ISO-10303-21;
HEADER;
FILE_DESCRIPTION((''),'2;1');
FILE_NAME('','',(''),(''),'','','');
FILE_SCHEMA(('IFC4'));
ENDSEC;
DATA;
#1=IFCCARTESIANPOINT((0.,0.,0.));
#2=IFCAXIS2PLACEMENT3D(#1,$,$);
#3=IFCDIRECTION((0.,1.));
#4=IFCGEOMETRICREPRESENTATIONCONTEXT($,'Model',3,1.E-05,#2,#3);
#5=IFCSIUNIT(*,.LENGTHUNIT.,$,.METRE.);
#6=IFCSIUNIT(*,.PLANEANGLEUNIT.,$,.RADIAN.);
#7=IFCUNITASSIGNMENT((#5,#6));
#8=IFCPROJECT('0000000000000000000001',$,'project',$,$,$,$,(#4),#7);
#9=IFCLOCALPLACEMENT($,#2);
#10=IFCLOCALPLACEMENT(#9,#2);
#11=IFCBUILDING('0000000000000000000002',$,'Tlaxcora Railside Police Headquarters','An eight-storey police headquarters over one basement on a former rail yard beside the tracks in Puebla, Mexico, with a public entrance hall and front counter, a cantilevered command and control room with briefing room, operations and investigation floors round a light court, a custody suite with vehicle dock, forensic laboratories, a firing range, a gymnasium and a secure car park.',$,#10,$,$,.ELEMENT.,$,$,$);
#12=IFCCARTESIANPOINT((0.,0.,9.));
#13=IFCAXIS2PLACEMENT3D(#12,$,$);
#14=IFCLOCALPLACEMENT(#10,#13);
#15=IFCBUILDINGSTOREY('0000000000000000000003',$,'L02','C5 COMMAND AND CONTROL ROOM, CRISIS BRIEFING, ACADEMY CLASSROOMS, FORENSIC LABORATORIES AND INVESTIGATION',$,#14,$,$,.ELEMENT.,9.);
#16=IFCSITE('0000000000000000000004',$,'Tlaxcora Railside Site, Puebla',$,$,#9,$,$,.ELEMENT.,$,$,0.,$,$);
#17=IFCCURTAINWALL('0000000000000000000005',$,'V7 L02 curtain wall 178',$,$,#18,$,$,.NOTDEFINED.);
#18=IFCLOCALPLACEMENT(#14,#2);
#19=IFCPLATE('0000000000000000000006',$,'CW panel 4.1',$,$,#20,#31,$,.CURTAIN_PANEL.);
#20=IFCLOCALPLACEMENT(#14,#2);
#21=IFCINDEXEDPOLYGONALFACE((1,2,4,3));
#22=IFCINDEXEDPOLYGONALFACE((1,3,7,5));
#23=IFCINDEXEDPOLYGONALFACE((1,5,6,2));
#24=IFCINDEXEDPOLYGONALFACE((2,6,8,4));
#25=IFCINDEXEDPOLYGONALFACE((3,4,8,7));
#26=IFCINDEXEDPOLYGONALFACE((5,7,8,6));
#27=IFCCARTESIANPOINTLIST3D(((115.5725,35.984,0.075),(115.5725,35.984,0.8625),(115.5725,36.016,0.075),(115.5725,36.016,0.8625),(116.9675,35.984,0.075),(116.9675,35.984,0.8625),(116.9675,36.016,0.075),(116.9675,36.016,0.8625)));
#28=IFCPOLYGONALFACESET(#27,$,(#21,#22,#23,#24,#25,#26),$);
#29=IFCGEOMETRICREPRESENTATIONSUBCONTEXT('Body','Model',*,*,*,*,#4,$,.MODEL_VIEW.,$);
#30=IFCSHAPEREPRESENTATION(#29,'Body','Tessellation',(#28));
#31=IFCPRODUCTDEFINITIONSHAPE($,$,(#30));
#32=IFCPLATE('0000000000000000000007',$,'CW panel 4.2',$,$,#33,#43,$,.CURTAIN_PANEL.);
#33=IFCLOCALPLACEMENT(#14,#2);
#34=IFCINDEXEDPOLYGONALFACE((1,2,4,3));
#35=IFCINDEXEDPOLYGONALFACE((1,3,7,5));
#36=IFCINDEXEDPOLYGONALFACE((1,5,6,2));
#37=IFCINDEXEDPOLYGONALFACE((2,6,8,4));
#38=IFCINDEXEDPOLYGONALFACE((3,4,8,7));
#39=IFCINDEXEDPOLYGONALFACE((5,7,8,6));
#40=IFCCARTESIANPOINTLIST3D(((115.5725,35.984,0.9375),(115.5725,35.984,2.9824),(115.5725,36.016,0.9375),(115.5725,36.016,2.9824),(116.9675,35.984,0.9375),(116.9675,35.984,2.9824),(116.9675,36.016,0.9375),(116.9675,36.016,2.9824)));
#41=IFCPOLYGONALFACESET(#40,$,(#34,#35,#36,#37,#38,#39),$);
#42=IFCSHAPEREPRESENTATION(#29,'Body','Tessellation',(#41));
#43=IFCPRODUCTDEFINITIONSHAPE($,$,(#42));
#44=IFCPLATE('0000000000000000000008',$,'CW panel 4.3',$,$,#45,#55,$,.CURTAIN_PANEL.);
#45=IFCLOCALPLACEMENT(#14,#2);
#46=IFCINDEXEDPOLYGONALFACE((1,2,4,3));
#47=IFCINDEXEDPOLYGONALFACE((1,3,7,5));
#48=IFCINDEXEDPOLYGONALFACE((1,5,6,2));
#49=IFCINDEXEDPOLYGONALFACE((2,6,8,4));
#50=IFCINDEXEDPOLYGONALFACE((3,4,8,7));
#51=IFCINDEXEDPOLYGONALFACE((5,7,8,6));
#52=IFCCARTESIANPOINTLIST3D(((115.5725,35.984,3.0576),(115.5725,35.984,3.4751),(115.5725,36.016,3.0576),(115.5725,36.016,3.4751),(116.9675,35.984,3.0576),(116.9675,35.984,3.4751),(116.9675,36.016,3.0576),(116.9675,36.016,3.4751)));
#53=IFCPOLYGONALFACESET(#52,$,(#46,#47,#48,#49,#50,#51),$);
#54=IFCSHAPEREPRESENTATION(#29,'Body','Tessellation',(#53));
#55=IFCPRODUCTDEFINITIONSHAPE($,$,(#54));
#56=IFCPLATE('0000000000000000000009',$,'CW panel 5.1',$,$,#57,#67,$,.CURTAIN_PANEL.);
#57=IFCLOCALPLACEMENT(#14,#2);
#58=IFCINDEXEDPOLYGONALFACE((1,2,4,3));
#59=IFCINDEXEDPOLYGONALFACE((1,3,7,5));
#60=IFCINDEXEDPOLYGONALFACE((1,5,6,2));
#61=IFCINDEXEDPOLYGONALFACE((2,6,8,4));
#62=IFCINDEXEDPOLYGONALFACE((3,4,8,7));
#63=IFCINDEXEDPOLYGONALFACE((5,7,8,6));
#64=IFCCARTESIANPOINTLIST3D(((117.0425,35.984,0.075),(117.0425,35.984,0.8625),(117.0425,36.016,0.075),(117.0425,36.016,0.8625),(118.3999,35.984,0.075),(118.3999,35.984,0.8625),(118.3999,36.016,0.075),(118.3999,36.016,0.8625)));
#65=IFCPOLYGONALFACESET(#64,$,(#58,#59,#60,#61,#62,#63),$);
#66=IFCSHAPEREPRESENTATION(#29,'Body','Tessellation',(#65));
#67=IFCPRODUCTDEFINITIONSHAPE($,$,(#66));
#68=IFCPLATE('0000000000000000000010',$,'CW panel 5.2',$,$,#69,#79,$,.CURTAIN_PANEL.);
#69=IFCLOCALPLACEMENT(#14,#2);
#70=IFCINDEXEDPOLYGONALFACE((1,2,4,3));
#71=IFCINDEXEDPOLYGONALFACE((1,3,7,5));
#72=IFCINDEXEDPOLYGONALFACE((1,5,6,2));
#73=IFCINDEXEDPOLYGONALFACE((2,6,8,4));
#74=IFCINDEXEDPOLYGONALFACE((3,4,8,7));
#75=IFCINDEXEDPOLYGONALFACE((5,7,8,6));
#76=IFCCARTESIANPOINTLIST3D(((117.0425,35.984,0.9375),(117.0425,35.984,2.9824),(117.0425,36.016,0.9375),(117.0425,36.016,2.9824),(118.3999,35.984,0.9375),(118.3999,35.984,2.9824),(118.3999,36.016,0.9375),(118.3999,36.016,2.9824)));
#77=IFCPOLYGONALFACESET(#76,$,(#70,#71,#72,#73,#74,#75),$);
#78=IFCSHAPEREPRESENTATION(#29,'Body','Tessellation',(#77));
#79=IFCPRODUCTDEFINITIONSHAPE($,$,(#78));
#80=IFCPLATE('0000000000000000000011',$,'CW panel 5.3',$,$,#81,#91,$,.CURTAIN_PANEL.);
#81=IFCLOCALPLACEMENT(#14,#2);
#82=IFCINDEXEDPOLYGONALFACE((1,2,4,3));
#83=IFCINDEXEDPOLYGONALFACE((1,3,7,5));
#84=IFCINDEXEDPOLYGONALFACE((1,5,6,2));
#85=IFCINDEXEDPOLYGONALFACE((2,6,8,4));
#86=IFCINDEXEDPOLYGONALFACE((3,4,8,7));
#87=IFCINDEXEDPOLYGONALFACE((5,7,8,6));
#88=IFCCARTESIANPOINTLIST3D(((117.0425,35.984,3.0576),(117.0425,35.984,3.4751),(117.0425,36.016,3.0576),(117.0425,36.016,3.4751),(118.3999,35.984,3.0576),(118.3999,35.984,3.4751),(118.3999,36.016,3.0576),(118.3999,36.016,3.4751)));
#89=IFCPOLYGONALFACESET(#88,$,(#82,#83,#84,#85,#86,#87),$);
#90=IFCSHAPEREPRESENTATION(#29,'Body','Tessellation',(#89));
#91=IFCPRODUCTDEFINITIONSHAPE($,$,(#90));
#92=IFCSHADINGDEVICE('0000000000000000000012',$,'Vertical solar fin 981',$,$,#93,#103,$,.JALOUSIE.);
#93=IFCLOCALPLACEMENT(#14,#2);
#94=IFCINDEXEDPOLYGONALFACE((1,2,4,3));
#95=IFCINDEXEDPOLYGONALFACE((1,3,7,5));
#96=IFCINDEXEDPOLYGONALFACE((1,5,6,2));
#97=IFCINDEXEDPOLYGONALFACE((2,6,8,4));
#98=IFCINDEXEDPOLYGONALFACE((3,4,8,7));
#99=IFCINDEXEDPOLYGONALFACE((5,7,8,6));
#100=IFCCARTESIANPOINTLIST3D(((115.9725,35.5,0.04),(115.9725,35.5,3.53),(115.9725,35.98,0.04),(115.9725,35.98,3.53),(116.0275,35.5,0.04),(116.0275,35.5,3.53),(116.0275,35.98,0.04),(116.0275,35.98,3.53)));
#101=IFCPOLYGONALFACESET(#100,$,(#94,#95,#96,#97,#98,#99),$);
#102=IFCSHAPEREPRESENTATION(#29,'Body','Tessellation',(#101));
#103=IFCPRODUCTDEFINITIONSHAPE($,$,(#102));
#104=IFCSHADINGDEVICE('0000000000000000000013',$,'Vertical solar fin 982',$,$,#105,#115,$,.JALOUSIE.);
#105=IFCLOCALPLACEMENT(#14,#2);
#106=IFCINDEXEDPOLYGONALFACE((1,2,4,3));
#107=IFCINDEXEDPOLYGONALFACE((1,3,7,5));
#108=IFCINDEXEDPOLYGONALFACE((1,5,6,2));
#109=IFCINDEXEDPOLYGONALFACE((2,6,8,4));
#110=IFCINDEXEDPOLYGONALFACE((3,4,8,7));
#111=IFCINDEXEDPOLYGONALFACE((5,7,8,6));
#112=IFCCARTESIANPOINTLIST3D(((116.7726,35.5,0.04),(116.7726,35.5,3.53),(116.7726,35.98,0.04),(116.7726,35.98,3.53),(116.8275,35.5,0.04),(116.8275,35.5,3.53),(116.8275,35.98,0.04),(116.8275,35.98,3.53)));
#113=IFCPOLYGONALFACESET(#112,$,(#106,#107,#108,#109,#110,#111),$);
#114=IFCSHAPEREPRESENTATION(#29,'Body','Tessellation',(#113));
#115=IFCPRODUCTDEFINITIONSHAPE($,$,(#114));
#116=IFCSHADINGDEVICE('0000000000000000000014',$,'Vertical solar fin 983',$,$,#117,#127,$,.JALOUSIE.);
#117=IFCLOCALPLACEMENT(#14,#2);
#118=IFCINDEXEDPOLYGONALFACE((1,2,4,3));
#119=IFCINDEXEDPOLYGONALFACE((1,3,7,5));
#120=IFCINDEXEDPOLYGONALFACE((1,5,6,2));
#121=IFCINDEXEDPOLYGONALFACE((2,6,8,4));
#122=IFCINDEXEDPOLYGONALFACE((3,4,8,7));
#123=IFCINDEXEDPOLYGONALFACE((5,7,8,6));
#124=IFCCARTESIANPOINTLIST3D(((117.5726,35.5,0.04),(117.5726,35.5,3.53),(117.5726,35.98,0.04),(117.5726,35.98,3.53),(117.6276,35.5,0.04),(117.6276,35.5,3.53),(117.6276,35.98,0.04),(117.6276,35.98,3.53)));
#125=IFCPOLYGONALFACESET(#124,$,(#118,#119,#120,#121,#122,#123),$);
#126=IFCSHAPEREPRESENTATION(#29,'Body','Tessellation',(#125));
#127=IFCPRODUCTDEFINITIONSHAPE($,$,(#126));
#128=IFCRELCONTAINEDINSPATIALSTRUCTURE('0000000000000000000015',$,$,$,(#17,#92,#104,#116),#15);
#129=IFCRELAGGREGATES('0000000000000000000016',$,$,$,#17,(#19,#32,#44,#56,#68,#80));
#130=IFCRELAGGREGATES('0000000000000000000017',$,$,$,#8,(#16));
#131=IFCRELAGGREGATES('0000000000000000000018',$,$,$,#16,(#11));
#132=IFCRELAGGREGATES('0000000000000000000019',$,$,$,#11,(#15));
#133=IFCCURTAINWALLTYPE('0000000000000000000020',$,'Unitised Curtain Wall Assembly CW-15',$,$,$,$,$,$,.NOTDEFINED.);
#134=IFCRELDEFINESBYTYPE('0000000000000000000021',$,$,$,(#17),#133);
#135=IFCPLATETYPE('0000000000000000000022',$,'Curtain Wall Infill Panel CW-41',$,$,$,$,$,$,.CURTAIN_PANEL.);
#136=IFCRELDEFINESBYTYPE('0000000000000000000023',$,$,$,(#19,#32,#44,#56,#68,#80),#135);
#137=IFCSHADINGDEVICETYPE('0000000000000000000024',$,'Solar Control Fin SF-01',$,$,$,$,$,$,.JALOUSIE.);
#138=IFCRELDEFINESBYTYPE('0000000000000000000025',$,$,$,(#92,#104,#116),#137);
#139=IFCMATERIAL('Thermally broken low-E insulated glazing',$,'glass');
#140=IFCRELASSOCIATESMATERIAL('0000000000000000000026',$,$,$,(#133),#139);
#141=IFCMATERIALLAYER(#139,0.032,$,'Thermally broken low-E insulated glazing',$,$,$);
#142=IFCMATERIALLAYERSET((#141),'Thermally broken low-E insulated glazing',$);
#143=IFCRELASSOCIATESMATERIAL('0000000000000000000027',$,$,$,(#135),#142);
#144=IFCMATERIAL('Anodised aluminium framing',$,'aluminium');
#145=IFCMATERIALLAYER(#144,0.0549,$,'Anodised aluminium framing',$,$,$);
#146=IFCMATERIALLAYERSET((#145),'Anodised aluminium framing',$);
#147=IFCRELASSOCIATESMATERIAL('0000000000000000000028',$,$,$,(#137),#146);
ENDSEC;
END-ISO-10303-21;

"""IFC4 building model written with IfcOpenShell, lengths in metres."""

from ifc_helpers import new_model, si_unit, direction, frame, origin, origin_2d, place, context, subcontext, project, spatial, rectangle, extrude, material, layer, layer_set, type_object, element, aggregate, save


model = new_model("IFC4")

# Units and contexts
model_context = context("Model", 3, precision=1e-05, world=origin(), true_north=direction((0.0, 1.0)))
body_context = subcontext(model_context, "Body", "Model", "MODEL_VIEW")
ifc_project = project(units=[si_unit("LENGTHUNIT", "METRE"), si_unit("PLANEANGLEUNIT", "RADIAN")], contexts=[model_context])

# Site, building, storey
site_placement = place(None, origin())
site = spatial("IfcSite", under=ifc_project, at=site_placement, Name="Tlaxcora Railside Site, Puebla", CompositionType="ELEMENT", RefElevation=0.0)
building_placement = place(site_placement, origin())
building = spatial("IfcBuilding", under=site, at=building_placement, Name="Tlaxcora Railside Police Headquarters", Description="An eight-storey police headquarters over one basement on a former rail yard beside the tracks in Puebla, Mexico, with a public entrance hall and front counter, a cantilevered command and control room with briefing room, operations and investigation floors round a light court, a custody suite with vehicle dock, forensic laboratories, a firing range, a gymnasium and a secure car park.", CompositionType="ELEMENT")
storey_placement = place(building_placement, frame((0.0, 0.0, 9.0)))
storey = spatial("IfcBuildingStorey", under=building, at=storey_placement, Name="L02", Description="C5 COMMAND AND CONTROL ROOM, CRISIS BRIEFING, ACADEMY CLASSROOMS, FORENSIC LABORATORIES AND INVESTIGATION", CompositionType="ELEMENT", Elevation=9.0)

# Curtain wall
ifc_material_1 = material(Name="Thermally broken low-E insulated glazing", Category="glass")
curtain_wall_type_1 = type_object("IfcCurtainWallType", Name="Unitised Curtain Wall Assembly CW-15", PredefinedType="NOTDEFINED", material=ifc_material_1)
curtain_wall_1_placement = place(storey_placement, origin())
curtain_wall_1 = element("IfcCurtainWall", 1, at=curtain_wall_1_placement, inside=storey, type_object=curtain_wall_type_1, Name="V7 L02 curtain wall 178", PredefinedType="NOTDEFINED")
ifc_material_2 = material(Name="Anodised aluminium framing", Category="aluminium")

# Plates
ifc_layer_1 = layer(ifc_material_1, 0.032, Name="Thermally broken low-E insulated glazing")
ifc_layer_set_1 = layer_set([ifc_layer_1], Name="Thermally broken low-E insulated glazing")
plate_type = type_object("IfcPlateType", Name="Curtain Wall Infill Panel CW-41", PredefinedType="CURTAIN_PANEL", material=ifc_layer_set_1)
plate_1_placement = place(storey_placement, frame((116.27, 36.0, 0.075), z_axis=(0.0, 0.0, 1.0), x_axis=(1.0, 0.0, 0.0)))
plate_1 = element("IfcPlate", 2, at=plate_1_placement, type_object=plate_type, Name="CW panel 4.1", PredefinedType="CURTAIN_PANEL", context=body_context, shape_type="SweptSolid", body=[
    extrude(rectangle(XDim=1.395, YDim=0.032, at=origin_2d()), origin(), (0.0, 0.0, 1.0), 0.7876),
])
plate_2_placement = place(storey_placement, frame((116.27, 36.0, 0.9375), z_axis=(0.0, 0.0, 1.0), x_axis=(1.0, 0.0, 0.0)))
plate_2 = element("IfcPlate", 3, at=plate_2_placement, type_object=plate_type, Name="CW panel 4.2", PredefinedType="CURTAIN_PANEL", context=body_context, shape_type="SweptSolid", body=[
    extrude(rectangle(XDim=1.395, YDim=0.032, at=origin_2d()), origin(), (0.0, 0.0, 1.0), 2.0449),
])
plate_3_placement = place(storey_placement, frame((116.27, 36.0, 3.0576), z_axis=(0.0, 0.0, 1.0), x_axis=(1.0, 0.0, 0.0)))
plate_3 = element("IfcPlate", 4, at=plate_3_placement, type_object=plate_type, Name="CW panel 4.3", PredefinedType="CURTAIN_PANEL", context=body_context, shape_type="SweptSolid", body=[
    extrude(rectangle(XDim=1.395, YDim=0.032, at=origin_2d()), origin(), (0.0, 0.0, 1.0), 0.4175),
])
plate_4_placement = place(storey_placement, frame((117.7212, 36.0, 0.075), z_axis=(0.0, 0.0, 1.0), x_axis=(1.0, 0.0, 0.0)))
plate_4 = element("IfcPlate", 5, at=plate_4_placement, type_object=plate_type, Name="CW panel 5.1", PredefinedType="CURTAIN_PANEL", context=body_context, shape_type="SweptSolid", body=[
    extrude(rectangle(XDim=1.3574, YDim=0.032, at=origin_2d()), origin(), (0.0, 0.0, 1.0), 0.7876),
])
plate_5_placement = place(storey_placement, frame((117.7212, 36.0, 0.9375), z_axis=(0.0, 0.0, 1.0), x_axis=(1.0, 0.0, 0.0)))
plate_5 = element("IfcPlate", 6, at=plate_5_placement, type_object=plate_type, Name="CW panel 5.2", PredefinedType="CURTAIN_PANEL", context=body_context, shape_type="SweptSolid", body=[
    extrude(rectangle(XDim=1.3574, YDim=0.032, at=origin_2d()), origin(), (0.0, 0.0, 1.0), 2.0449),
])
plate_6_placement = place(storey_placement, frame((117.7212, 36.0, 3.0576), z_axis=(0.0, 0.0, 1.0), x_axis=(1.0, 0.0, 0.0)))
plate_6 = element("IfcPlate", 7, at=plate_6_placement, type_object=plate_type, Name="CW panel 5.3", PredefinedType="CURTAIN_PANEL", context=body_context, shape_type="SweptSolid", body=[
    extrude(rectangle(XDim=1.3574, YDim=0.032, at=origin_2d()), origin(), (0.0, 0.0, 1.0), 0.4175),
])
aggregate(curtain_wall_1, [plate_1, plate_2, plate_3, plate_4, plate_5, plate_6])

# Shading devices
ifc_layer_2 = layer(ifc_material_2, 0.0549, Name="Anodised aluminium framing")
ifc_layer_set_2 = layer_set([ifc_layer_2], Name="Anodised aluminium framing")
shading_device_type = type_object("IfcShadingDeviceType", Name="Solar Control Fin SF-01", PredefinedType="JALOUSIE", material=ifc_layer_set_2)
for number, where, z_axis, x_axis, name in (
    (8, (116.0, 35.74, 0.04), (0.0, 0.0, 1.0), (0.0, -1.0, 0.0), "Vertical solar fin 981"),
    (9, (116.8, 35.74, 0.04), (0.0, 0.0, 1.0), (0.0, -1.0, 0.0), "Vertical solar fin 982"),
    (10, (117.6001, 35.74, 0.04), (0.0, 0.0, 1.0), (0.0, -1.0, 0.0), "Vertical solar fin 983"),
):
    element("IfcShadingDevice", number, at=place(storey_placement, frame(where, z_axis=z_axis, x_axis=x_axis)), inside=storey, type_object=shading_device_type, Name=name, PredefinedType="JALOUSIE", context=body_context, shape_type="SweptSolid", body=[
        extrude(rectangle(XDim=0.48, YDim=0.0549, at=origin_2d()), origin(), (0.0, 0.0, 1.0), 3.49),
    ])

save(model, "model.ifc")
